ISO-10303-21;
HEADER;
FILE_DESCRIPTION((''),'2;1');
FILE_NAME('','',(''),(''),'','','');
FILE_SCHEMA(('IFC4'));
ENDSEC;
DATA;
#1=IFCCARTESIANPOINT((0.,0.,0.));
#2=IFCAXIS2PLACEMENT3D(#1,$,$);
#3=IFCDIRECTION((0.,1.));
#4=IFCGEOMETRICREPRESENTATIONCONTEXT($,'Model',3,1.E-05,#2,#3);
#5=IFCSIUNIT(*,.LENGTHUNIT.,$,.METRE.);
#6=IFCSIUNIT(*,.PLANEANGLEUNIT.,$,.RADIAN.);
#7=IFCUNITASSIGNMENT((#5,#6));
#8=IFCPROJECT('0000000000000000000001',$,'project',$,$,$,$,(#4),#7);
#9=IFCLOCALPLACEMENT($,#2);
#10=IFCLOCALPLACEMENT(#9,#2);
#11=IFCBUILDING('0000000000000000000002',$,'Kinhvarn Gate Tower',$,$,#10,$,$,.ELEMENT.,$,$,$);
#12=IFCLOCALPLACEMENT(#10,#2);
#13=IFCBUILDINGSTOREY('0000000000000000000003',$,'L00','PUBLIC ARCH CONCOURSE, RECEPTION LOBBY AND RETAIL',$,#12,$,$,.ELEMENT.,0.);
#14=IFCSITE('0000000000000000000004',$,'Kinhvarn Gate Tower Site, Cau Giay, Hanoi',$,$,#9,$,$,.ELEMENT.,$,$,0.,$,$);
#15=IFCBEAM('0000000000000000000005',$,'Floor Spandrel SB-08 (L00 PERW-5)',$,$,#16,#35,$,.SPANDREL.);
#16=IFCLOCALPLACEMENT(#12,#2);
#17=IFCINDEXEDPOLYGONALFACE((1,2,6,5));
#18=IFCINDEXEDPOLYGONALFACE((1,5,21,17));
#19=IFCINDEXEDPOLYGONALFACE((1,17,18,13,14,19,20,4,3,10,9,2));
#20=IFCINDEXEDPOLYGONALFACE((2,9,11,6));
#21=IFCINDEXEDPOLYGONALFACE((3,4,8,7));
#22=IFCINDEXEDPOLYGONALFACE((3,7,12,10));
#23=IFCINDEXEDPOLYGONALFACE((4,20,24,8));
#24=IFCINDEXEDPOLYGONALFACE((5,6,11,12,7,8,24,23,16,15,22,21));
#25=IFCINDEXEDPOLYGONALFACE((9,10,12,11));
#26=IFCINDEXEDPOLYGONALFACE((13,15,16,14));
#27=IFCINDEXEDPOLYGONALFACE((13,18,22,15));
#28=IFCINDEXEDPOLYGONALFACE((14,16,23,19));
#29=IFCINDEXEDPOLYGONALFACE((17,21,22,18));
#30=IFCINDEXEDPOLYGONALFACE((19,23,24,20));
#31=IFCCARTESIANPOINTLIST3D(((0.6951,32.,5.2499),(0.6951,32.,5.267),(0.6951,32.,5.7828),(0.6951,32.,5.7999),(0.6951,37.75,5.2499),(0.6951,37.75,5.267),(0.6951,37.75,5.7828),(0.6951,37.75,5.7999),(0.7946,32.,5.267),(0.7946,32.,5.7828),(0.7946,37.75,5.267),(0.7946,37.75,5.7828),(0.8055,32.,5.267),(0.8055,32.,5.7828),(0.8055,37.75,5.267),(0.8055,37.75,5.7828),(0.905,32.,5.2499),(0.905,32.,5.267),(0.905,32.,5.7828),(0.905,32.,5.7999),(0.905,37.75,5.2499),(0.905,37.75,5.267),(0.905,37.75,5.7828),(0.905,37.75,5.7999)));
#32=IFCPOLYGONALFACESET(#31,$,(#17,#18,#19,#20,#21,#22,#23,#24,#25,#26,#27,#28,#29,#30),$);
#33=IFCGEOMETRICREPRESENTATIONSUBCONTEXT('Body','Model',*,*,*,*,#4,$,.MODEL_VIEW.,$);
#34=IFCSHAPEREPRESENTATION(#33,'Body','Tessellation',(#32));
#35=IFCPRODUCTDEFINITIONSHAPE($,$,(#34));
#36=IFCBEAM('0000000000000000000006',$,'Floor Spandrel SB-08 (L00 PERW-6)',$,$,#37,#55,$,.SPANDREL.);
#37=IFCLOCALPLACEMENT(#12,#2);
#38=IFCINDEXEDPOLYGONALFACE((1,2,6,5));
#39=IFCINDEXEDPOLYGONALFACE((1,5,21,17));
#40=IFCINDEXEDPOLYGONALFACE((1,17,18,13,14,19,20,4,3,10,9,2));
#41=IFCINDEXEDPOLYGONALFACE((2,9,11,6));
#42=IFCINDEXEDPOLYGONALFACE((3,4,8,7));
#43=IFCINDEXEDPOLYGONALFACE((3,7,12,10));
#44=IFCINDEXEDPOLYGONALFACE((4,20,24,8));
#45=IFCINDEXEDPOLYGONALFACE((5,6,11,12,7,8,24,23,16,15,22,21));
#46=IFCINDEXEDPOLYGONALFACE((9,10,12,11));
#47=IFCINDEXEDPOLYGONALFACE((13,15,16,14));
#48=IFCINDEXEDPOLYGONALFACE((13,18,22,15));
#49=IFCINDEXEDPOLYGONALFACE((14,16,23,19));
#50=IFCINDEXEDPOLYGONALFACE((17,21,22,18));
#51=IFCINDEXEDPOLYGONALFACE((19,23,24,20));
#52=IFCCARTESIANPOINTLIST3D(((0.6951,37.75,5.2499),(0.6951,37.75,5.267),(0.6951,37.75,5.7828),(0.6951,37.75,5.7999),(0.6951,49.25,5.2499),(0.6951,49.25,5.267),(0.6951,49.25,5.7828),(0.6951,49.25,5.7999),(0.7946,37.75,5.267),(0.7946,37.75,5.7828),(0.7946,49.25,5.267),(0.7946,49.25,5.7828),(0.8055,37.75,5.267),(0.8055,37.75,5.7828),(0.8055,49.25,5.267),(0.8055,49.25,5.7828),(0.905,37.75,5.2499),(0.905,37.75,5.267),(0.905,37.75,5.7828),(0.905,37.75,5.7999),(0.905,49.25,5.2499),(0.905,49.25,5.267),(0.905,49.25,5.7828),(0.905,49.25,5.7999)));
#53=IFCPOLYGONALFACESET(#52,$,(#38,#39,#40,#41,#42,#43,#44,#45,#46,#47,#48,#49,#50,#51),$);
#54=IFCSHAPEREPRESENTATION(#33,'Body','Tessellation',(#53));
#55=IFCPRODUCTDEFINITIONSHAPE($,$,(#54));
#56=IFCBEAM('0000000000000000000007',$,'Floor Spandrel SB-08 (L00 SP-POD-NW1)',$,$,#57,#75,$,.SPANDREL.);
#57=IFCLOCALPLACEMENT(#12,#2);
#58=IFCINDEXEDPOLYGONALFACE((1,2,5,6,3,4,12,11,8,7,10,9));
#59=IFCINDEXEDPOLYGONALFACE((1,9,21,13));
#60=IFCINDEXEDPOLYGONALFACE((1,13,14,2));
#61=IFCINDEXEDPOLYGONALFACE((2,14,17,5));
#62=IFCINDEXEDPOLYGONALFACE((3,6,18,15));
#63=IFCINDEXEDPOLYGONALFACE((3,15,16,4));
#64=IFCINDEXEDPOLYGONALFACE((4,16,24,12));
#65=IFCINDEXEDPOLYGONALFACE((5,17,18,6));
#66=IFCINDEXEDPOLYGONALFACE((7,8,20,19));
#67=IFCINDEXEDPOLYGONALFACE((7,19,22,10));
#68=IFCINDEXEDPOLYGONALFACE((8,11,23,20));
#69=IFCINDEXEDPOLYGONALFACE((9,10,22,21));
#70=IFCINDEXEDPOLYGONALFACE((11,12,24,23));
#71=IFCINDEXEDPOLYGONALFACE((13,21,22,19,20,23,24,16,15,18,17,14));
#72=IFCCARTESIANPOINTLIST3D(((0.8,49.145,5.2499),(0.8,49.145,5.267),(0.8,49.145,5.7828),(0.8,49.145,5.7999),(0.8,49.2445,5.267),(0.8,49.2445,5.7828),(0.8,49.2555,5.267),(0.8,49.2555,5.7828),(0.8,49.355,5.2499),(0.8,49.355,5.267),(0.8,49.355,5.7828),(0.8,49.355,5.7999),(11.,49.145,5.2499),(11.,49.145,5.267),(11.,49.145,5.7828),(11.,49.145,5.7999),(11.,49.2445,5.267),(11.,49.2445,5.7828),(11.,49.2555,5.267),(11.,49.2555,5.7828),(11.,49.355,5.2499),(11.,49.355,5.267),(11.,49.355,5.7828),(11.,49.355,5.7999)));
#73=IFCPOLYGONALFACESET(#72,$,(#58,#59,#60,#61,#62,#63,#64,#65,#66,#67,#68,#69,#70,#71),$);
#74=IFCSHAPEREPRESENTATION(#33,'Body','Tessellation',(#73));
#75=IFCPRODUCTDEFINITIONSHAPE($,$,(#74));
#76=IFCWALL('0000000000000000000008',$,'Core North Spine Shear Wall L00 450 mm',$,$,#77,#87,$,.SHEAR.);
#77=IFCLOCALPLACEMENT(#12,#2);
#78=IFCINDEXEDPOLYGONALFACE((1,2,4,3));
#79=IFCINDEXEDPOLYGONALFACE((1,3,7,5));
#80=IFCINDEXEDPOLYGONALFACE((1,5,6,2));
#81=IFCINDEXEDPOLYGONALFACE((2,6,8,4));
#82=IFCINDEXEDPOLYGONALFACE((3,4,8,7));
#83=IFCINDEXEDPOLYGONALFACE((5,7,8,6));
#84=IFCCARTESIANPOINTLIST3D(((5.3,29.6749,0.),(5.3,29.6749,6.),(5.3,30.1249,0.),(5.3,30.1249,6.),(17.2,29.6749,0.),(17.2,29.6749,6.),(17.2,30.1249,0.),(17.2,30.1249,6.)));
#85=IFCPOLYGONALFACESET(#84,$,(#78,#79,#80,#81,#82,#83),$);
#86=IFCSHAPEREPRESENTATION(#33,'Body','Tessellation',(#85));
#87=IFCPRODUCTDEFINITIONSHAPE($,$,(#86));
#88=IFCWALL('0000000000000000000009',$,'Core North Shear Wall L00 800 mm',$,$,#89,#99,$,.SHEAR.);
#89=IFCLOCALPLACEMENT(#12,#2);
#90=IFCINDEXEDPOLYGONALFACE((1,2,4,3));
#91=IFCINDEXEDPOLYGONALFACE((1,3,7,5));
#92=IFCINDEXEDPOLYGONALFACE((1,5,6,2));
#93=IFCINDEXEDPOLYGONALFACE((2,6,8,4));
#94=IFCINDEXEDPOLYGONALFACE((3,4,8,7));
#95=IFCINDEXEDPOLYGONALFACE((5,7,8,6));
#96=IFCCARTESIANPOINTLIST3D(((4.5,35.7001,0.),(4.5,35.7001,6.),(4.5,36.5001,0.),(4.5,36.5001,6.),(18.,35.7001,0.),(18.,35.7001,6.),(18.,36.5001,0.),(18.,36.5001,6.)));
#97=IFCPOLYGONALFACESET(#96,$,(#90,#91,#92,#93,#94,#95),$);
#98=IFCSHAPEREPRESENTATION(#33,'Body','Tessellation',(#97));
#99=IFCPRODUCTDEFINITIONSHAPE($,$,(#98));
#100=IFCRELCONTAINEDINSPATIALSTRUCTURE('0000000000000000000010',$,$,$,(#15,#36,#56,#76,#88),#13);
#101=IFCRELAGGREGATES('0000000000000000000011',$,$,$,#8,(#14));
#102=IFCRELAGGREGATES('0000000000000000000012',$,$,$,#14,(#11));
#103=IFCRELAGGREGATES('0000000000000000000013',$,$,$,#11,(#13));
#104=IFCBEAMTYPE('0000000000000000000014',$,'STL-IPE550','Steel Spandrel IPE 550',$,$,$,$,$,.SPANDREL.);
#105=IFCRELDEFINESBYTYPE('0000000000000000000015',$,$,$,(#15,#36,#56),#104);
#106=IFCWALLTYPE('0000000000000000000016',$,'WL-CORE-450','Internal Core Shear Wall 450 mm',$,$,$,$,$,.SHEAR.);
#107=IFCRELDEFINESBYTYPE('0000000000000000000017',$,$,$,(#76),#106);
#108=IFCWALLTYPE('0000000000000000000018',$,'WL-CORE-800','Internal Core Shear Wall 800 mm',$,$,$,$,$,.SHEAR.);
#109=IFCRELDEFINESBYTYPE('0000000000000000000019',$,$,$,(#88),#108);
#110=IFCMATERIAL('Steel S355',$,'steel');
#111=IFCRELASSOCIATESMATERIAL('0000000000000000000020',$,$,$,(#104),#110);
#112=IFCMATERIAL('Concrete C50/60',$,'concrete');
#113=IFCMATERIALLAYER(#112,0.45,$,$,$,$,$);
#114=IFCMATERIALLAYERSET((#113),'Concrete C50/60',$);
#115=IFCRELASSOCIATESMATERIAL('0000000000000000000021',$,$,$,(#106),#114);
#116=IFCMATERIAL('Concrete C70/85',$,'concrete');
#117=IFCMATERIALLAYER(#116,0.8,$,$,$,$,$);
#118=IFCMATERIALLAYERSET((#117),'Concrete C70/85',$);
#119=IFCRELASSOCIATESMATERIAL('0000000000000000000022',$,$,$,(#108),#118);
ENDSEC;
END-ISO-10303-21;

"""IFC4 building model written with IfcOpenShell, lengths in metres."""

from ifc_helpers import new_model, si_unit, direction, frame, frame_2d, origin, origin_2d, place, context, subcontext, project, spatial, rectangle, i_section, extrude, material, layer, layer_set, material_profile, profile_set, type_object, element, save


model = new_model("IFC4")

# Units and contexts
model_context = context("Model", 3, precision=1e-05, world=origin(), true_north=direction((0.0, 1.0)))
body_context = subcontext(model_context, "Body", "Model", "MODEL_VIEW")
ifc_project = project(units=[si_unit("LENGTHUNIT", "METRE"), si_unit("PLANEANGLEUNIT", "RADIAN")], contexts=[model_context])

# Site, building, storey
site_placement = place(None, origin())
site = spatial("IfcSite", under=ifc_project, at=site_placement, Name="Kinhvarn Gate Tower Site, Cau Giay, Hanoi", CompositionType="ELEMENT", RefElevation=0.0)
building_placement = place(site_placement, origin())
building = spatial("IfcBuilding", under=site, at=building_placement, Name="Kinhvarn Gate Tower", CompositionType="ELEMENT")
storey_placement = place(building_placement, origin())
storey = spatial("IfcBuildingStorey", under=building, at=storey_placement, Name="L00", Description="PUBLIC ARCH CONCOURSE, RECEPTION LOBBY AND RETAIL", CompositionType="ELEMENT", Elevation=0.0)

# Shared definitions
ifc_material_1 = material(Name="Concrete C70/85", Category="concrete")

# Beams
ifc_material_2 = material(Name="Steel S355", Category="steel")
ifc_material_profile_1 = material_profile(ifc_material_2, i_section(OverallWidth=0.21, OverallDepth=0.55, WebThickness=0.011, FlangeThickness=0.0171, at=origin_2d()), Name="IPE 550")
ifc_profile_set_1 = profile_set([ifc_material_profile_1], Name="Steel S355")
beam_type_1 = type_object("IfcBeamType", Name="STL-IPE550", Description="Steel Spandrel IPE 550", PredefinedType="SPANDREL", material=ifc_profile_set_1)
beam_1_placement = place(storey_placement, frame((0.8, 32.0, 5.5249), z_axis=(0.0, 1.0, 0.0), x_axis=(-1.0, 0.0, 0.0)))
element("IfcBeam", 1, at=beam_1_placement, inside=storey, type_object=beam_type_1, Name="Floor Spandrel SB-08 (L00 PERW-5)", PredefinedType="SPANDREL", context=body_context, shape_type="SweptSolid", body=[
    extrude(i_section(OverallWidth=0.21, OverallDepth=0.55, WebThickness=0.011, FlangeThickness=0.0171, at=origin_2d()), origin(), (0.0, 0.0, 1.0), 5.75),
])
beam_2_placement = place(storey_placement, frame((0.8, 37.75, 5.5249), z_axis=(0.0, 1.0, 0.0), x_axis=(-1.0, 0.0, 0.0)))
element("IfcBeam", 2, at=beam_2_placement, inside=storey, type_object=beam_type_1, Name="Floor Spandrel SB-08 (L00 PERW-6)", PredefinedType="SPANDREL", context=body_context, shape_type="SweptSolid", body=[
    extrude(i_section(OverallWidth=0.21, OverallDepth=0.55, WebThickness=0.011, FlangeThickness=0.0171, at=origin_2d()), origin(), (0.0, 0.0, 1.0), 11.5),
])
beam_3_placement = place(storey_placement, frame((0.8, 49.25, 5.5249), z_axis=(1.0, 0.0, 0.0), x_axis=(0.0, 1.0, 0.0)))
element("IfcBeam", 3, at=beam_3_placement, inside=storey, type_object=beam_type_1, Name="Floor Spandrel SB-08 (L00 SP-POD-NW1)", PredefinedType="SPANDREL", context=body_context, shape_type="SweptSolid", body=[
    extrude(i_section(OverallWidth=0.21, OverallDepth=0.55, WebThickness=0.011, FlangeThickness=0.0171, at=origin_2d()), origin(), (0.0, 0.0, 1.0), 10.2),
])

# Walls
ifc_material_3 = material(Name="Concrete C50/60", Category="concrete")
ifc_layer_1 = layer(ifc_material_3, 0.45)
ifc_layer_set_1 = layer_set([ifc_layer_1], Name="Concrete C50/60")
wall_type_1 = type_object("IfcWallType", Name="WL-CORE-450", Description="Internal Core Shear Wall 450 mm", PredefinedType="SHEAR", material=ifc_layer_set_1)
wall_1_placement = place(storey_placement, frame((5.3, 29.8999, 0.0), z_axis=(0.0, 0.0, 1.0), x_axis=(1.0, 0.0, 0.0)))
element("IfcWall", 4, at=wall_1_placement, inside=storey, type_object=wall_type_1, Name="Core North Spine Shear Wall L00 450 mm", PredefinedType="SHEAR", context=body_context, shape_type="SweptSolid", body=[
    extrude(rectangle(XDim=11.8999, YDim=0.45, at=frame_2d((5.95, 0.0))), origin(), (0.0, 0.0, 1.0), 6.0),
])
ifc_layer_2 = layer(ifc_material_1, 0.8)
ifc_layer_set_2 = layer_set([ifc_layer_2], Name="Concrete C70/85")
wall_type_2 = type_object("IfcWallType", Name="WL-CORE-800", Description="Internal Core Shear Wall 800 mm", PredefinedType="SHEAR", material=ifc_layer_set_2)
wall_2_placement = place(storey_placement, frame((4.5, 36.1001, 0.0), z_axis=(0.0, 0.0, 1.0), x_axis=(1.0, 0.0, 0.0)))
element("IfcWall", 5, at=wall_2_placement, inside=storey, type_object=wall_type_2, Name="Core North Shear Wall L00 800 mm", PredefinedType="SHEAR", context=body_context, shape_type="SweptSolid", body=[
    extrude(rectangle(XDim=13.5, YDim=0.8, at=frame_2d((6.75, 0.0))), origin(), (0.0, 0.0, 1.0), 6.0),
])

save(model, "model.ifc")
